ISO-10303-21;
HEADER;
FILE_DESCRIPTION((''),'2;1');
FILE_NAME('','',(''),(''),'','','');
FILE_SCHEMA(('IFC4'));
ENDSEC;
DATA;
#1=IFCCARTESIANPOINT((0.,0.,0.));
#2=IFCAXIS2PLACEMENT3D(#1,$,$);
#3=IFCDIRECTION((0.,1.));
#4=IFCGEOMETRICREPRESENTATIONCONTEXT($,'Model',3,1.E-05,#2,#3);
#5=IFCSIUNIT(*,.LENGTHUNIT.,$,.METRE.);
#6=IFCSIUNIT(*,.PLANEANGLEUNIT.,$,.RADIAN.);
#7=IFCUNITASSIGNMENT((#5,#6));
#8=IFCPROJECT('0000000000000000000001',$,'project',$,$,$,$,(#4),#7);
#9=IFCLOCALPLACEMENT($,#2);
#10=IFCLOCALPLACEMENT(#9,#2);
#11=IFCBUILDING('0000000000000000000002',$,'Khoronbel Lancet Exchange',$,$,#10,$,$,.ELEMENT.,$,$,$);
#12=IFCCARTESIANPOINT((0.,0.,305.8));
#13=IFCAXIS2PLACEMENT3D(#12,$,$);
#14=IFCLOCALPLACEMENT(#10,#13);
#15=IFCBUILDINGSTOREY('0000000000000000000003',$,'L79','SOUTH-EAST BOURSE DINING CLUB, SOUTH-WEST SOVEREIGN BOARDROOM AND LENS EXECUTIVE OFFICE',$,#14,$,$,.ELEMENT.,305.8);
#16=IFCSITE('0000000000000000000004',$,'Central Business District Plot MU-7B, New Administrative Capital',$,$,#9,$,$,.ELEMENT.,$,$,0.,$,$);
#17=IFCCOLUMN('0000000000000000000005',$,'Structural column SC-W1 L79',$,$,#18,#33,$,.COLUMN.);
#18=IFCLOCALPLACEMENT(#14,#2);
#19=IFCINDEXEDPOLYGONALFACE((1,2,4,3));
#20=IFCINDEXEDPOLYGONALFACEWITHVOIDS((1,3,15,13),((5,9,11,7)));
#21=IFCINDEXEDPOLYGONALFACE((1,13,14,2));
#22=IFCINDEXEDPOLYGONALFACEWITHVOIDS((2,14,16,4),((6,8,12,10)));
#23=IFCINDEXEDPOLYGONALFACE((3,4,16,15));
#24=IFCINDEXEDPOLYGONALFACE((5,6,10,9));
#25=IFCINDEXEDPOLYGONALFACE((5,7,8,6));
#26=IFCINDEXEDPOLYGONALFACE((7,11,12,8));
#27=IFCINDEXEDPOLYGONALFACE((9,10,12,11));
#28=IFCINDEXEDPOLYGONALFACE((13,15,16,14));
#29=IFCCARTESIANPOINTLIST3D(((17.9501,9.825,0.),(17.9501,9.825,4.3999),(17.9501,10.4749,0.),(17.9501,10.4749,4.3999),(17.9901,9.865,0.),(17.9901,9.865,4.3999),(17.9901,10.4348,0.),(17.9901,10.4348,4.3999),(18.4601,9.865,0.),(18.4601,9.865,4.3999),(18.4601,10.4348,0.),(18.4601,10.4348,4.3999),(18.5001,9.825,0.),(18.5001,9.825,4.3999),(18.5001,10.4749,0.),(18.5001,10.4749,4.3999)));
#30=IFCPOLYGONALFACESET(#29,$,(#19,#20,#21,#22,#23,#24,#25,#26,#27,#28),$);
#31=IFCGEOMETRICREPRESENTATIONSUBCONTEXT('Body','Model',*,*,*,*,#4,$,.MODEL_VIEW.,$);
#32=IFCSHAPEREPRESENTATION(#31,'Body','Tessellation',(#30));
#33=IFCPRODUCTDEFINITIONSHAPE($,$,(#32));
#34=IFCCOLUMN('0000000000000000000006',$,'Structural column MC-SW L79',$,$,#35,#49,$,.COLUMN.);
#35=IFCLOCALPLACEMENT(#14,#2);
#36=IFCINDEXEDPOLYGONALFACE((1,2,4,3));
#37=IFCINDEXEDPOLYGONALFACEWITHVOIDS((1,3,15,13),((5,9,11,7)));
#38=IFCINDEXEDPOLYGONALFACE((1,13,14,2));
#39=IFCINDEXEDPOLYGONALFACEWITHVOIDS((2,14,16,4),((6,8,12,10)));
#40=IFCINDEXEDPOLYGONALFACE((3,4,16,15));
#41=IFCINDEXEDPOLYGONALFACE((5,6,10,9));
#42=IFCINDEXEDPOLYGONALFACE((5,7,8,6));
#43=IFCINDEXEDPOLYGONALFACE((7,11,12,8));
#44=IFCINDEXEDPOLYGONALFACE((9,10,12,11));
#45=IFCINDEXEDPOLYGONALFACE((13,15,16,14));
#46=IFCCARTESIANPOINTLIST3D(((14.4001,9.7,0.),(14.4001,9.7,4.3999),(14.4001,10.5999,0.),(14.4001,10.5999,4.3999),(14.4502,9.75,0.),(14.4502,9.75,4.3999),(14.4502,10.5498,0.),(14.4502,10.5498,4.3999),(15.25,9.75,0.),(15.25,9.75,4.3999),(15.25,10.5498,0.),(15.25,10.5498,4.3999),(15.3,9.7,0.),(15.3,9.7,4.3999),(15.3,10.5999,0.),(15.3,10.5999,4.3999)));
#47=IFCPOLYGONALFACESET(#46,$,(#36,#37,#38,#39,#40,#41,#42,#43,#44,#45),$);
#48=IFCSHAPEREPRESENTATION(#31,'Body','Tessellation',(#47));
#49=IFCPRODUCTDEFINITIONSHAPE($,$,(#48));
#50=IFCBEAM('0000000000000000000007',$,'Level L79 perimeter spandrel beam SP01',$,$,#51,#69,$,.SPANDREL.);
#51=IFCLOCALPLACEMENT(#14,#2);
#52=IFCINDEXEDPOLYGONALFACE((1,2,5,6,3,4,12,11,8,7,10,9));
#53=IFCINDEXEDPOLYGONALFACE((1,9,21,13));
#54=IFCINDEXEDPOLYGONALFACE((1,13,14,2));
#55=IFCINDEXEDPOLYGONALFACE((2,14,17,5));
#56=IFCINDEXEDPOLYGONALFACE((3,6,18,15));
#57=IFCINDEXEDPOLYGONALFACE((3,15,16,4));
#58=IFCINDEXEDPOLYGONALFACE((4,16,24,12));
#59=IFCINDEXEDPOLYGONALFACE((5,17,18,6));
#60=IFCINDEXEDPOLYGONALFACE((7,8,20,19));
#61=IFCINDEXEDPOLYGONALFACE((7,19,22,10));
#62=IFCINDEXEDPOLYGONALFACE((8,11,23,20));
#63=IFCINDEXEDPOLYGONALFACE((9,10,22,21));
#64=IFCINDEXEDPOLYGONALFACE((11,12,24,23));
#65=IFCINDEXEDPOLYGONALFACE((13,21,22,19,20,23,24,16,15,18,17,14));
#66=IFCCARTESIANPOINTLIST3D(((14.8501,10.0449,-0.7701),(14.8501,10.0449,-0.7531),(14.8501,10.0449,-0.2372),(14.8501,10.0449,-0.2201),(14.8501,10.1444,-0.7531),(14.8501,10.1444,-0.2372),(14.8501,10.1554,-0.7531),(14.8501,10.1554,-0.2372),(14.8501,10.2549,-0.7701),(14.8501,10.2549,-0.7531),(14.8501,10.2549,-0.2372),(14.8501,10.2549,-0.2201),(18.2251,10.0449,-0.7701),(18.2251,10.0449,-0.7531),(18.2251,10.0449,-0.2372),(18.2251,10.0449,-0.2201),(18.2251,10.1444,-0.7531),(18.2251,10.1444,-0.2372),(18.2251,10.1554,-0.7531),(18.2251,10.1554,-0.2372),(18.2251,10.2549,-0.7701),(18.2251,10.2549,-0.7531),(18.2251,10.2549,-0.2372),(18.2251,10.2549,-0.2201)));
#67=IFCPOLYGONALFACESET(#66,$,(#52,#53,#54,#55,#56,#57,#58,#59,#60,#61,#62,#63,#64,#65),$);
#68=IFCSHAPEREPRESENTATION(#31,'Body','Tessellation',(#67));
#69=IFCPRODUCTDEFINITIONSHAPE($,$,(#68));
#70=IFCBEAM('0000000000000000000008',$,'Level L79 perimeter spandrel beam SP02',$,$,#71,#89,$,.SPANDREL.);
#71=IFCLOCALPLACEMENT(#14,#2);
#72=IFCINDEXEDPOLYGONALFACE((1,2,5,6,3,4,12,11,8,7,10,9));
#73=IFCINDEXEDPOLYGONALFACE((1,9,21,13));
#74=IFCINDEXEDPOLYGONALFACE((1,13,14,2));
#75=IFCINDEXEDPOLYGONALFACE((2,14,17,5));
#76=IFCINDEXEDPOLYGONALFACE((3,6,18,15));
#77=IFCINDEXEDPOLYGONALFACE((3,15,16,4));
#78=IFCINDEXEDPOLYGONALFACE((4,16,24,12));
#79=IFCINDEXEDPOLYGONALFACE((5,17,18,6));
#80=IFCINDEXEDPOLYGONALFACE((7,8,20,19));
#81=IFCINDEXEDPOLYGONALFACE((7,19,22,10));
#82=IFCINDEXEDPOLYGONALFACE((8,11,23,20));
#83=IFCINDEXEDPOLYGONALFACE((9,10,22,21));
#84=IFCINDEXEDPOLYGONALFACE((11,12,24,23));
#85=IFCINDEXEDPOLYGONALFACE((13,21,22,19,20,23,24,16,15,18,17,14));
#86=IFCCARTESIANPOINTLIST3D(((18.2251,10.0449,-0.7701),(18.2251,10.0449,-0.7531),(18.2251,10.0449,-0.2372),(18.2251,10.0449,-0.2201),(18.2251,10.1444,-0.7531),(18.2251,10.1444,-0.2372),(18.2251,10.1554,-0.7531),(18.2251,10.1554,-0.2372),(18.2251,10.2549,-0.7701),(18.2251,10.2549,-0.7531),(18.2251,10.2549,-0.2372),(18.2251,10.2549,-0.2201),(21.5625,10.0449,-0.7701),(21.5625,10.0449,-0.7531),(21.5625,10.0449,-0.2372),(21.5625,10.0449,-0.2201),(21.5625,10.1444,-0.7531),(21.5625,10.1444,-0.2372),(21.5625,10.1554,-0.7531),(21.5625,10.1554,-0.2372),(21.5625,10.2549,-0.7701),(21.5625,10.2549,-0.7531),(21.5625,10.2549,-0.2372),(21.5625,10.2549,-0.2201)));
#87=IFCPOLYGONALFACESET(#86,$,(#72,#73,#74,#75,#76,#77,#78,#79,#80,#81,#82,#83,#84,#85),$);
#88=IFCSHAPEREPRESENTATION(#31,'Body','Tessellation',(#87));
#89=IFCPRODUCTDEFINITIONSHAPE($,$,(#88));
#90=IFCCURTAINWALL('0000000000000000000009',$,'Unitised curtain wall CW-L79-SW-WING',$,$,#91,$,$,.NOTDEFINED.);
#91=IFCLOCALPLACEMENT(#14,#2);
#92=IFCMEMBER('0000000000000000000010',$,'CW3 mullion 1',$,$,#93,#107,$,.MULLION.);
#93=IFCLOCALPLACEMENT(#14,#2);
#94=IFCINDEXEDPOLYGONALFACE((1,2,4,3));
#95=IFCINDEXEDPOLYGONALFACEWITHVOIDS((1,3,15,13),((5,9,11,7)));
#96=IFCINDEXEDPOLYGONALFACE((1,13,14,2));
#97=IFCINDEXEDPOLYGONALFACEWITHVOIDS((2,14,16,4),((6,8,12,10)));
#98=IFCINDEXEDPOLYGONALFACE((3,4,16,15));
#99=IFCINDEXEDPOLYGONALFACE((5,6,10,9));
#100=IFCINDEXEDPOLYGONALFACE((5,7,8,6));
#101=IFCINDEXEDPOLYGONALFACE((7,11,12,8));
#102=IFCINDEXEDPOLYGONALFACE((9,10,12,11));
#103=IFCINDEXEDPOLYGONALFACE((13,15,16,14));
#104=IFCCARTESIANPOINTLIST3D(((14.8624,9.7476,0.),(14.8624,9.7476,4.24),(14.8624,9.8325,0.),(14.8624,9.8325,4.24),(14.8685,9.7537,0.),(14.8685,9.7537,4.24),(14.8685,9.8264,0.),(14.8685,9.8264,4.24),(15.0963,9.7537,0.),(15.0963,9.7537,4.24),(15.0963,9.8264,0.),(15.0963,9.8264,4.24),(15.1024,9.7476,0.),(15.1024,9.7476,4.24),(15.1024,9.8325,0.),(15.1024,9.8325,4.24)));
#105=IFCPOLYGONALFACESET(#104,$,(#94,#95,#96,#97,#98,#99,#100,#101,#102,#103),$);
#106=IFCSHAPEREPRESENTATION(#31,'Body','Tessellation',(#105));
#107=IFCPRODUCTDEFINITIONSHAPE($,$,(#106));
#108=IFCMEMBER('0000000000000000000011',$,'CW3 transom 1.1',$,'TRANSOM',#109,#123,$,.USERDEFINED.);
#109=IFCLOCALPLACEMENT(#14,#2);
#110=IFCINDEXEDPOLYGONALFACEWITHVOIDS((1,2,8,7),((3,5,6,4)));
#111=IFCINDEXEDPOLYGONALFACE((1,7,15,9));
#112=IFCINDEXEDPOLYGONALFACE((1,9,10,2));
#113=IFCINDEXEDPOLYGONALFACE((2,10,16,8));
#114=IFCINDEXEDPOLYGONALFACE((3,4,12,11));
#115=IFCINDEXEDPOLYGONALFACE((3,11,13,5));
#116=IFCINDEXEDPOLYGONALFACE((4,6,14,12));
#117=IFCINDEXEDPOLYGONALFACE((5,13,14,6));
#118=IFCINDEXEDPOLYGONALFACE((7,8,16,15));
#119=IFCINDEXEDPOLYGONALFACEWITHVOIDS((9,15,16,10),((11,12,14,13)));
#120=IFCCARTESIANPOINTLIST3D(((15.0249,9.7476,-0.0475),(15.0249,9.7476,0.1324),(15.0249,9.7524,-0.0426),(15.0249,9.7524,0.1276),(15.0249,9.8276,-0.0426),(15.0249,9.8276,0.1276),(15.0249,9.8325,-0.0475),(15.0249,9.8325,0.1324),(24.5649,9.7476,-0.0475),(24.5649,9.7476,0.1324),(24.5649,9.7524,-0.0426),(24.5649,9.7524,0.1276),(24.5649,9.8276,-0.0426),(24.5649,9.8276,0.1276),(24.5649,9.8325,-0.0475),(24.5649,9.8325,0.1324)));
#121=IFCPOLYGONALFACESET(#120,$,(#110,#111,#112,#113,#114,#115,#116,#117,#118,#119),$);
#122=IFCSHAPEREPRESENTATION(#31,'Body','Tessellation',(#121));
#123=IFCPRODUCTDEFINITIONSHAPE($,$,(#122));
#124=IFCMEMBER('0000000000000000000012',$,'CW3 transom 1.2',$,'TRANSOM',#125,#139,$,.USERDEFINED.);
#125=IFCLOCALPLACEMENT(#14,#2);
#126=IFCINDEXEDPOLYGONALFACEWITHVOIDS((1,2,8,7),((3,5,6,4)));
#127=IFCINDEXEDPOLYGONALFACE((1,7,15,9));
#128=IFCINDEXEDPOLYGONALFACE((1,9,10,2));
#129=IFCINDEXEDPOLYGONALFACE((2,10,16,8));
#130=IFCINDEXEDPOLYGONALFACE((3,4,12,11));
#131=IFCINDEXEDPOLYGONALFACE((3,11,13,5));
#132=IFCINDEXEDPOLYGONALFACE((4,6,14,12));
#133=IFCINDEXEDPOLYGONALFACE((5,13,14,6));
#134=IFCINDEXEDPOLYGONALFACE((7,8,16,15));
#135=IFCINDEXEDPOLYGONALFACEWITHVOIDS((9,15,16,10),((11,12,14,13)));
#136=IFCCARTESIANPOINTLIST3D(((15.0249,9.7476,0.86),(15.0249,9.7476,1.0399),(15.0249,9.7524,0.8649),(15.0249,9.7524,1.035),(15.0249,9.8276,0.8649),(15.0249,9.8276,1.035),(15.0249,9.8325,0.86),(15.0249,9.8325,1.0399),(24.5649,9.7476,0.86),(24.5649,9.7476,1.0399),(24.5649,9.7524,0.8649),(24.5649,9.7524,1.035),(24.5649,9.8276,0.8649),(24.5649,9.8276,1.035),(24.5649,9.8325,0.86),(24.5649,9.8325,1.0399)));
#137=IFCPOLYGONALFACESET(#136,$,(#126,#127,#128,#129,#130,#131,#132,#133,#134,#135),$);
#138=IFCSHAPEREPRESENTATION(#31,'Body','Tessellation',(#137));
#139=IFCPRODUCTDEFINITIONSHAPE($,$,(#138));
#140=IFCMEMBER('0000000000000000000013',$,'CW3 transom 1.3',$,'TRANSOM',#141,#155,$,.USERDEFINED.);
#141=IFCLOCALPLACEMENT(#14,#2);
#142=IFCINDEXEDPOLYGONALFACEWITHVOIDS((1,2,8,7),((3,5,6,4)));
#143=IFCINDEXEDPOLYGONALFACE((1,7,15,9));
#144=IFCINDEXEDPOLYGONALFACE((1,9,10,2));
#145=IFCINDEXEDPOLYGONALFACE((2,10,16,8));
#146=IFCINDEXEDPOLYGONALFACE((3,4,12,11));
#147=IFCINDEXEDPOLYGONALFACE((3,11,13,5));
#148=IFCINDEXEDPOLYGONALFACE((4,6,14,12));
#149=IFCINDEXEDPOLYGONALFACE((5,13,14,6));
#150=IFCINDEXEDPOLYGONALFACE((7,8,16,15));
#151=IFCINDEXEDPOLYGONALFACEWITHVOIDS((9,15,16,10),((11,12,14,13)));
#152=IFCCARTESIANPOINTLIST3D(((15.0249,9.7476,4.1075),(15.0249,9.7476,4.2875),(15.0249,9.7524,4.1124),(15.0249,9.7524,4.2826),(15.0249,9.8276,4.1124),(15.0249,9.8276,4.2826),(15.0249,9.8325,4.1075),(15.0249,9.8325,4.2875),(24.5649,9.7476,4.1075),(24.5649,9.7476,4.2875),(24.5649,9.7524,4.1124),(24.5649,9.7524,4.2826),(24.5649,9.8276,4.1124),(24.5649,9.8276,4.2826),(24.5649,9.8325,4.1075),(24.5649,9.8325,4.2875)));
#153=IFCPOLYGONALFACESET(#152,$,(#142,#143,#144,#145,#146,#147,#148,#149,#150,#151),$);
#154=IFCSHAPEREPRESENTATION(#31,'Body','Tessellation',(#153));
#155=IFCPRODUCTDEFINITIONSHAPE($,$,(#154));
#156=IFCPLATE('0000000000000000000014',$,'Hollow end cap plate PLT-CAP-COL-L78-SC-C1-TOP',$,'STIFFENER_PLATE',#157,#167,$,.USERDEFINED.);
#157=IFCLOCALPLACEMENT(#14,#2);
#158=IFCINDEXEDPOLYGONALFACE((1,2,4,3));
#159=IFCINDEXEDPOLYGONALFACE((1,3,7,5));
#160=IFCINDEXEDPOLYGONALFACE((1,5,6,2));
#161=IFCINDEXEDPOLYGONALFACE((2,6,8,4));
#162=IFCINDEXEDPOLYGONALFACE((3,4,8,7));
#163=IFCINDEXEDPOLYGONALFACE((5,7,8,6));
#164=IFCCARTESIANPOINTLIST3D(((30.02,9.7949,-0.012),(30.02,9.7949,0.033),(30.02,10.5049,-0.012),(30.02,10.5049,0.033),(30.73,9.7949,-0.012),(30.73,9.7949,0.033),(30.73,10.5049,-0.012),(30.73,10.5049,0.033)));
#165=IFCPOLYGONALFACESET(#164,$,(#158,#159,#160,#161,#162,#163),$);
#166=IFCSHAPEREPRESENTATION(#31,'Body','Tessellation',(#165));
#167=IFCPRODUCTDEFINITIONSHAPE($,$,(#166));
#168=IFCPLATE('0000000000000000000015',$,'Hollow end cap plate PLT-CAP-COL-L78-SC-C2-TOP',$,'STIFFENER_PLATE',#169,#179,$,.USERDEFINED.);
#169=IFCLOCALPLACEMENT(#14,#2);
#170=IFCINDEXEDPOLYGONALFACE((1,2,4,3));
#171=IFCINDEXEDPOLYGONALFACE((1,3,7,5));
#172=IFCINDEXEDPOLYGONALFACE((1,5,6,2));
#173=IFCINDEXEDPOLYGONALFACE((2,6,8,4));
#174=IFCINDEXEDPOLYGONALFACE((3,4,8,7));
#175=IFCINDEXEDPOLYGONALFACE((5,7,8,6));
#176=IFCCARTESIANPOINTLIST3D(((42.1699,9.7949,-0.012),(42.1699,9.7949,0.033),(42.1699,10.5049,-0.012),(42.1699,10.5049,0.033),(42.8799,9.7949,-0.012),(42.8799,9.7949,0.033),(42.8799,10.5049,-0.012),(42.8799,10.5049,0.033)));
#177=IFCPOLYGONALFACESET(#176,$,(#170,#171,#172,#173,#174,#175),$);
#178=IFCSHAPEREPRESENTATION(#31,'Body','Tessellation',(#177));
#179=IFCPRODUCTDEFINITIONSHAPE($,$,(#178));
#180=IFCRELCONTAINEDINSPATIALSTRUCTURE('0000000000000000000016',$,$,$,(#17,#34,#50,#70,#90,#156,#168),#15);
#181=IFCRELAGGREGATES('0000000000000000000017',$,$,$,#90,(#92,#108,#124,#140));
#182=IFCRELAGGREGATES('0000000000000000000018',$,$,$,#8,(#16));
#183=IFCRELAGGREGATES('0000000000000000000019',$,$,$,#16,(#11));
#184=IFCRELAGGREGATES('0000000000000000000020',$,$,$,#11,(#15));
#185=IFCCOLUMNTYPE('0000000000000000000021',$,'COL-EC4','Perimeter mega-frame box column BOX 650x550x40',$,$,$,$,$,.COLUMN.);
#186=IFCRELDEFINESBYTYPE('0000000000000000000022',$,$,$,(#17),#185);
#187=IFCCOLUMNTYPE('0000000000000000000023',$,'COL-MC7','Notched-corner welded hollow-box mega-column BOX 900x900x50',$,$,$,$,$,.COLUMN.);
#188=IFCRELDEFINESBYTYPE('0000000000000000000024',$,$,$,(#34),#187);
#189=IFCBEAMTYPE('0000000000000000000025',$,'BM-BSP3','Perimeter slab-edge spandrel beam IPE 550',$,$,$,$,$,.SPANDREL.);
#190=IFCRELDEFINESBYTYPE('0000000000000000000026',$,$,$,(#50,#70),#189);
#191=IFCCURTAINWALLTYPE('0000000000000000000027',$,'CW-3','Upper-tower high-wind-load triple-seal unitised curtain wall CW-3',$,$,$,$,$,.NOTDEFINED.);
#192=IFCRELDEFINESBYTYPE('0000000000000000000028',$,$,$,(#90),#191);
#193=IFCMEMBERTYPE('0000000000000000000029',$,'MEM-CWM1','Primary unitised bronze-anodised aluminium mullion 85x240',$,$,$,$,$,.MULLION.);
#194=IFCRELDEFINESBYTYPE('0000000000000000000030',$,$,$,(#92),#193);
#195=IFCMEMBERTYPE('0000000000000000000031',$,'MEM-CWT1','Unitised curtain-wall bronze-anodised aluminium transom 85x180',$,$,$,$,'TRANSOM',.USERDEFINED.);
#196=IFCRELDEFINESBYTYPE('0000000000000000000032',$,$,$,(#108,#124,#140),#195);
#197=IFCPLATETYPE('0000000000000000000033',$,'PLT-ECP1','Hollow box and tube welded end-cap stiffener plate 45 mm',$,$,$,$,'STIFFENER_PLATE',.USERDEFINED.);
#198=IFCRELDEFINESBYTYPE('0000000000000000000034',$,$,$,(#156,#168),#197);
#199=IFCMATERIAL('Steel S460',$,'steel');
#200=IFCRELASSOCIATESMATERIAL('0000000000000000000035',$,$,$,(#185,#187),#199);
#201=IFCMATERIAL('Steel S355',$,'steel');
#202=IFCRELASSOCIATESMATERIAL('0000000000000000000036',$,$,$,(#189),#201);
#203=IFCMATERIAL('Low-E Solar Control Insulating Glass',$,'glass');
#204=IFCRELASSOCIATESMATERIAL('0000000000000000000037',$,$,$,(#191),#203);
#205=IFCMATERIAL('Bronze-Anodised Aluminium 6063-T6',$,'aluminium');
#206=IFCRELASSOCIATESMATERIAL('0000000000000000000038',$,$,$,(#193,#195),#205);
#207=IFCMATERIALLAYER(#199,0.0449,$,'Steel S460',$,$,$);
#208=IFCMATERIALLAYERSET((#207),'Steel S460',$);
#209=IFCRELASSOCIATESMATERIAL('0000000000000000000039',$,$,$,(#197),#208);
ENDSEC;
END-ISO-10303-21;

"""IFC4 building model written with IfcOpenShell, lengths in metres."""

from ifc_helpers import new_model, si_unit, direction, frame, origin, origin_2d, place, context, subcontext, project, spatial, polyline, hollow_rectangle, i_section, outline, extrude, material, layer, layer_set, material_profile, profile_set, type_object, element, aggregate, save


model = new_model("IFC4")

# Units and contexts
model_context = context("Model", 3, precision=1e-05, world=origin(), true_north=direction((0.0, 1.0)))
body_context = subcontext(model_context, "Body", "Model", "MODEL_VIEW")
ifc_project = project(units=[si_unit("LENGTHUNIT", "METRE"), si_unit("PLANEANGLEUNIT", "RADIAN")], contexts=[model_context])

# Site, building, storey
site_placement = place(None, origin())
site = spatial("IfcSite", under=ifc_project, at=site_placement, Name="Central Business District Plot MU-7B, New Administrative Capital", CompositionType="ELEMENT", RefElevation=0.0)
building_placement = place(site_placement, origin())
building = spatial("IfcBuilding", under=site, at=building_placement, Name="Khoronbel Lancet Exchange", CompositionType="ELEMENT")
storey_placement = place(building_placement, frame((0.0, 0.0, 305.8)))
storey = spatial("IfcBuildingStorey", under=building, at=storey_placement, Name="L79", Description="SOUTH-EAST BOURSE DINING CLUB, SOUTH-WEST SOVEREIGN BOARDROOM AND LENS EXECUTIVE OFFICE", CompositionType="ELEMENT", Elevation=305.8)

# Columns
ifc_material_1 = material(Name="Steel S460", Category="steel")
ifc_material_profile_1 = material_profile(ifc_material_1, hollow_rectangle(XDim=0.55, YDim=0.6499, WallThickness=0.04, at=origin_2d()), Name="BOX 650x550x40")
ifc_profile_set_1 = profile_set([ifc_material_profile_1], Name="Steel S460")
column_type_1 = type_object("IfcColumnType", Name="COL-EC4", Description="Perimeter mega-frame box column BOX 650x550x40", PredefinedType="COLUMN", material=ifc_profile_set_1)
column_1_placement = place(storey_placement, frame((18.2251, 10.1499, 0.0), z_axis=(0.0, 0.0, 1.0), x_axis=(1.0, 0.0, 0.0)))
element("IfcColumn", 1, at=column_1_placement, inside=storey, type_object=column_type_1, Name="Structural column SC-W1 L79", PredefinedType="COLUMN", context=body_context, shape_type="SweptSolid", body=[
    extrude(hollow_rectangle(XDim=0.55, YDim=0.6499, WallThickness=0.04, at=origin_2d()), origin(), (0.0, 0.0, 1.0), 4.3999),
])
ifc_material_profile_2 = material_profile(ifc_material_1, hollow_rectangle(XDim=0.8999, YDim=0.8999, WallThickness=0.05, at=origin_2d()), Name="BOX 900x900x50")
ifc_profile_set_2 = profile_set([ifc_material_profile_2], Name="Steel S460")
column_type_2 = type_object("IfcColumnType", Name="COL-MC7", Description="Notched-corner welded hollow-box mega-column BOX 900x900x50", PredefinedType="COLUMN", material=ifc_profile_set_2)
column_2_placement = place(storey_placement, frame((14.8501, 10.1499, 0.0), z_axis=(0.0, 0.0, 1.0), x_axis=(1.0, 0.0, 0.0)))
element("IfcColumn", 2, at=column_2_placement, inside=storey, type_object=column_type_2, Name="Structural column MC-SW L79", PredefinedType="COLUMN", context=body_context, shape_type="SweptSolid", body=[
    extrude(hollow_rectangle(XDim=0.8999, YDim=0.8999, WallThickness=0.05, at=origin_2d()), origin(), (0.0, 0.0, 1.0), 4.3999),
])

# Beams
ifc_material_2 = material(Name="Steel S355", Category="steel")
ifc_material_profile_3 = material_profile(ifc_material_2, i_section(OverallWidth=0.21, OverallDepth=0.55, WebThickness=0.011, FlangeThickness=0.0171, at=origin_2d()), Name="IPE 550")
ifc_profile_set_3 = profile_set([ifc_material_profile_3], Name="Steel S355")
beam_type = type_object("IfcBeamType", Name="BM-BSP3", Description="Perimeter slab-edge spandrel beam IPE 550", PredefinedType="SPANDREL", material=ifc_profile_set_3)
beam_1_placement = place(storey_placement, frame((14.8501, 10.1499, -0.4951), z_axis=(1.0, 0.0, 0.0), x_axis=(0.0, 1.0, 0.0)))
element("IfcBeam", 3, at=beam_1_placement, inside=storey, type_object=beam_type, Name="Level L79 perimeter spandrel beam SP01", PredefinedType="SPANDREL", context=body_context, shape_type="SweptSolid", body=[
    extrude(i_section(OverallWidth=0.21, OverallDepth=0.55, WebThickness=0.011, FlangeThickness=0.0171, at=origin_2d()), origin(), (0.0, 0.0, 1.0), 3.375),
])
beam_2_placement = place(storey_placement, frame((18.2251, 10.1499, -0.4951), z_axis=(1.0, 0.0, 0.0), x_axis=(0.0, 1.0, 0.0)))
element("IfcBeam", 4, at=beam_2_placement, inside=storey, type_object=beam_type, Name="Level L79 perimeter spandrel beam SP02", PredefinedType="SPANDREL", context=body_context, shape_type="SweptSolid", body=[
    extrude(i_section(OverallWidth=0.21, OverallDepth=0.55, WebThickness=0.011, FlangeThickness=0.0171, at=origin_2d()), origin(), (0.0, 0.0, 1.0), 3.3374),
])

# Curtain wall, members
ifc_material_3 = material(Name="Low-E Solar Control Insulating Glass", Category="glass")
curtain_wall_type = type_object("IfcCurtainWallType", Name="CW-3", Description="Upper-tower high-wind-load triple-seal unitised curtain wall CW-3", PredefinedType="NOTDEFINED", material=ifc_material_3)
curtain_wall_placement = place(storey_placement, origin())
curtain_wall = element("IfcCurtainWall", 5, at=curtain_wall_placement, inside=storey, type_object=curtain_wall_type, Name="Unitised curtain wall CW-L79-SW-WING", PredefinedType="NOTDEFINED")
ifc_material_4 = material(Name="Bronze-Anodised Aluminium 6063-T6", Category="aluminium")
ifc_material_profile_4 = material_profile(ifc_material_4, hollow_rectangle(XDim=0.085, YDim=0.24, WallThickness=0.0061, at=origin_2d()), Name="ALU MULLION 85x240")
ifc_profile_set_4 = profile_set([ifc_material_profile_4], Name="Bronze-Anodised Aluminium 6063-T6")
member_type_1 = type_object("IfcMemberType", Name="MEM-CWM1", Description="Primary unitised bronze-anodised aluminium mullion 85x240", PredefinedType="MULLION", material=ifc_profile_set_4)
member_1_placement = place(storey_placement, frame((14.9824, 9.79, 0.0), z_axis=(0.0, 0.0, 1.0), x_axis=(0.0, 1.0, 0.0)))
member_1 = element("IfcMember", 6, at=member_1_placement, type_object=member_type_1, Name="CW3 mullion 1", PredefinedType="MULLION", context=body_context, shape_type="SweptSolid", body=[
    extrude(hollow_rectangle(XDim=0.085, YDim=0.24, WallThickness=0.0061, at=origin_2d()), origin(), (0.0, 0.0, 1.0), 4.24),
])
ifc_material_profile_5 = material_profile(ifc_material_4, hollow_rectangle(XDim=0.085, YDim=0.1799, WallThickness=0.0049, at=origin_2d()), Name="ALU TRANSOM 85x180")
ifc_profile_set_5 = profile_set([ifc_material_profile_5], Name="Bronze-Anodised Aluminium 6063-T6")
member_type_2 = type_object("IfcMemberType", Name="MEM-CWT1", Description="Unitised curtain-wall bronze-anodised aluminium transom 85x180", ElementType="TRANSOM", PredefinedType="USERDEFINED", material=ifc_profile_set_5)
member_2_placement = place(storey_placement, frame((15.0249, 9.79, 0.0425), z_axis=(1.0, 0.0, 0.0), x_axis=(0.0, 1.0, 0.0)))
member_2 = element("IfcMember", 7, at=member_2_placement, type_object=member_type_2, Name="CW3 transom 1.1", ObjectType="TRANSOM", PredefinedType="USERDEFINED", context=body_context, shape_type="SweptSolid", body=[
    extrude(hollow_rectangle(XDim=0.085, YDim=0.1799, WallThickness=0.0049, at=origin_2d()), origin(), (0.0, 0.0, 1.0), 9.54),
])
member_3_placement = place(storey_placement, frame((15.0249, 9.79, 0.95), z_axis=(1.0, 0.0, 0.0), x_axis=(0.0, 1.0, 0.0)))
member_3 = element("IfcMember", 8, at=member_3_placement, type_object=member_type_2, Name="CW3 transom 1.2", ObjectType="TRANSOM", PredefinedType="USERDEFINED", context=body_context, shape_type="SweptSolid", body=[
    extrude(hollow_rectangle(XDim=0.085, YDim=0.1799, WallThickness=0.0049, at=origin_2d()), origin(), (0.0, 0.0, 1.0), 9.54),
])
member_4_placement = place(storey_placement, frame((15.0249, 9.79, 4.1975), z_axis=(1.0, 0.0, 0.0), x_axis=(0.0, 1.0, 0.0)))
member_4 = element("IfcMember", 9, at=member_4_placement, type_object=member_type_2, Name="CW3 transom 1.3", ObjectType="TRANSOM", PredefinedType="USERDEFINED", context=body_context, shape_type="SweptSolid", body=[
    extrude(hollow_rectangle(XDim=0.085, YDim=0.1799, WallThickness=0.0049, at=origin_2d()), origin(), (0.0, 0.0, 1.0), 9.54),
])
aggregate(curtain_wall, [member_1, member_2, member_3, member_4])

# Plates
ifc_layer_1 = layer(ifc_material_1, 0.0449, Name="Steel S460")
ifc_layer_set_1 = layer_set([ifc_layer_1], Name="Steel S460")
plate_type = type_object("IfcPlateType", Name="PLT-ECP1", Description="Hollow box and tube welded end-cap stiffener plate 45 mm", ElementType="STIFFENER_PLATE", PredefinedType="USERDEFINED", material=ifc_layer_set_1)
plate_1_placement = place(storey_placement, frame((0.0, 0.0, -0.012)))
element("IfcPlate", 10, at=plate_1_placement, inside=storey, type_object=plate_type, Name="Hollow end cap plate PLT-CAP-COL-L78-SC-C1-TOP", ObjectType="STIFFENER_PLATE", PredefinedType="USERDEFINED", context=body_context, shape_type="SweptSolid", body=[
    extrude(outline(polyline([(30.02, 9.7949), (30.73, 9.7949), (30.73, 10.5049), (30.02, 10.5049), (30.02, 9.7949)])), origin(), (0.0, 0.0, 1.0), 0.0449),
])
plate_2_placement = place(storey_placement, frame((0.0, 0.0, -0.012)))
element("IfcPlate", 11, at=plate_2_placement, inside=storey, type_object=plate_type, Name="Hollow end cap plate PLT-CAP-COL-L78-SC-C2-TOP", ObjectType="STIFFENER_PLATE", PredefinedType="USERDEFINED", context=body_context, shape_type="SweptSolid", body=[
    extrude(outline(polyline([(42.1699, 9.7949), (42.8799, 9.7949), (42.8799, 10.5049), (42.1699, 10.5049), (42.1699, 9.7949)])), origin(), (0.0, 0.0, 1.0), 0.0449),
])

save(model, "model.ifc")
